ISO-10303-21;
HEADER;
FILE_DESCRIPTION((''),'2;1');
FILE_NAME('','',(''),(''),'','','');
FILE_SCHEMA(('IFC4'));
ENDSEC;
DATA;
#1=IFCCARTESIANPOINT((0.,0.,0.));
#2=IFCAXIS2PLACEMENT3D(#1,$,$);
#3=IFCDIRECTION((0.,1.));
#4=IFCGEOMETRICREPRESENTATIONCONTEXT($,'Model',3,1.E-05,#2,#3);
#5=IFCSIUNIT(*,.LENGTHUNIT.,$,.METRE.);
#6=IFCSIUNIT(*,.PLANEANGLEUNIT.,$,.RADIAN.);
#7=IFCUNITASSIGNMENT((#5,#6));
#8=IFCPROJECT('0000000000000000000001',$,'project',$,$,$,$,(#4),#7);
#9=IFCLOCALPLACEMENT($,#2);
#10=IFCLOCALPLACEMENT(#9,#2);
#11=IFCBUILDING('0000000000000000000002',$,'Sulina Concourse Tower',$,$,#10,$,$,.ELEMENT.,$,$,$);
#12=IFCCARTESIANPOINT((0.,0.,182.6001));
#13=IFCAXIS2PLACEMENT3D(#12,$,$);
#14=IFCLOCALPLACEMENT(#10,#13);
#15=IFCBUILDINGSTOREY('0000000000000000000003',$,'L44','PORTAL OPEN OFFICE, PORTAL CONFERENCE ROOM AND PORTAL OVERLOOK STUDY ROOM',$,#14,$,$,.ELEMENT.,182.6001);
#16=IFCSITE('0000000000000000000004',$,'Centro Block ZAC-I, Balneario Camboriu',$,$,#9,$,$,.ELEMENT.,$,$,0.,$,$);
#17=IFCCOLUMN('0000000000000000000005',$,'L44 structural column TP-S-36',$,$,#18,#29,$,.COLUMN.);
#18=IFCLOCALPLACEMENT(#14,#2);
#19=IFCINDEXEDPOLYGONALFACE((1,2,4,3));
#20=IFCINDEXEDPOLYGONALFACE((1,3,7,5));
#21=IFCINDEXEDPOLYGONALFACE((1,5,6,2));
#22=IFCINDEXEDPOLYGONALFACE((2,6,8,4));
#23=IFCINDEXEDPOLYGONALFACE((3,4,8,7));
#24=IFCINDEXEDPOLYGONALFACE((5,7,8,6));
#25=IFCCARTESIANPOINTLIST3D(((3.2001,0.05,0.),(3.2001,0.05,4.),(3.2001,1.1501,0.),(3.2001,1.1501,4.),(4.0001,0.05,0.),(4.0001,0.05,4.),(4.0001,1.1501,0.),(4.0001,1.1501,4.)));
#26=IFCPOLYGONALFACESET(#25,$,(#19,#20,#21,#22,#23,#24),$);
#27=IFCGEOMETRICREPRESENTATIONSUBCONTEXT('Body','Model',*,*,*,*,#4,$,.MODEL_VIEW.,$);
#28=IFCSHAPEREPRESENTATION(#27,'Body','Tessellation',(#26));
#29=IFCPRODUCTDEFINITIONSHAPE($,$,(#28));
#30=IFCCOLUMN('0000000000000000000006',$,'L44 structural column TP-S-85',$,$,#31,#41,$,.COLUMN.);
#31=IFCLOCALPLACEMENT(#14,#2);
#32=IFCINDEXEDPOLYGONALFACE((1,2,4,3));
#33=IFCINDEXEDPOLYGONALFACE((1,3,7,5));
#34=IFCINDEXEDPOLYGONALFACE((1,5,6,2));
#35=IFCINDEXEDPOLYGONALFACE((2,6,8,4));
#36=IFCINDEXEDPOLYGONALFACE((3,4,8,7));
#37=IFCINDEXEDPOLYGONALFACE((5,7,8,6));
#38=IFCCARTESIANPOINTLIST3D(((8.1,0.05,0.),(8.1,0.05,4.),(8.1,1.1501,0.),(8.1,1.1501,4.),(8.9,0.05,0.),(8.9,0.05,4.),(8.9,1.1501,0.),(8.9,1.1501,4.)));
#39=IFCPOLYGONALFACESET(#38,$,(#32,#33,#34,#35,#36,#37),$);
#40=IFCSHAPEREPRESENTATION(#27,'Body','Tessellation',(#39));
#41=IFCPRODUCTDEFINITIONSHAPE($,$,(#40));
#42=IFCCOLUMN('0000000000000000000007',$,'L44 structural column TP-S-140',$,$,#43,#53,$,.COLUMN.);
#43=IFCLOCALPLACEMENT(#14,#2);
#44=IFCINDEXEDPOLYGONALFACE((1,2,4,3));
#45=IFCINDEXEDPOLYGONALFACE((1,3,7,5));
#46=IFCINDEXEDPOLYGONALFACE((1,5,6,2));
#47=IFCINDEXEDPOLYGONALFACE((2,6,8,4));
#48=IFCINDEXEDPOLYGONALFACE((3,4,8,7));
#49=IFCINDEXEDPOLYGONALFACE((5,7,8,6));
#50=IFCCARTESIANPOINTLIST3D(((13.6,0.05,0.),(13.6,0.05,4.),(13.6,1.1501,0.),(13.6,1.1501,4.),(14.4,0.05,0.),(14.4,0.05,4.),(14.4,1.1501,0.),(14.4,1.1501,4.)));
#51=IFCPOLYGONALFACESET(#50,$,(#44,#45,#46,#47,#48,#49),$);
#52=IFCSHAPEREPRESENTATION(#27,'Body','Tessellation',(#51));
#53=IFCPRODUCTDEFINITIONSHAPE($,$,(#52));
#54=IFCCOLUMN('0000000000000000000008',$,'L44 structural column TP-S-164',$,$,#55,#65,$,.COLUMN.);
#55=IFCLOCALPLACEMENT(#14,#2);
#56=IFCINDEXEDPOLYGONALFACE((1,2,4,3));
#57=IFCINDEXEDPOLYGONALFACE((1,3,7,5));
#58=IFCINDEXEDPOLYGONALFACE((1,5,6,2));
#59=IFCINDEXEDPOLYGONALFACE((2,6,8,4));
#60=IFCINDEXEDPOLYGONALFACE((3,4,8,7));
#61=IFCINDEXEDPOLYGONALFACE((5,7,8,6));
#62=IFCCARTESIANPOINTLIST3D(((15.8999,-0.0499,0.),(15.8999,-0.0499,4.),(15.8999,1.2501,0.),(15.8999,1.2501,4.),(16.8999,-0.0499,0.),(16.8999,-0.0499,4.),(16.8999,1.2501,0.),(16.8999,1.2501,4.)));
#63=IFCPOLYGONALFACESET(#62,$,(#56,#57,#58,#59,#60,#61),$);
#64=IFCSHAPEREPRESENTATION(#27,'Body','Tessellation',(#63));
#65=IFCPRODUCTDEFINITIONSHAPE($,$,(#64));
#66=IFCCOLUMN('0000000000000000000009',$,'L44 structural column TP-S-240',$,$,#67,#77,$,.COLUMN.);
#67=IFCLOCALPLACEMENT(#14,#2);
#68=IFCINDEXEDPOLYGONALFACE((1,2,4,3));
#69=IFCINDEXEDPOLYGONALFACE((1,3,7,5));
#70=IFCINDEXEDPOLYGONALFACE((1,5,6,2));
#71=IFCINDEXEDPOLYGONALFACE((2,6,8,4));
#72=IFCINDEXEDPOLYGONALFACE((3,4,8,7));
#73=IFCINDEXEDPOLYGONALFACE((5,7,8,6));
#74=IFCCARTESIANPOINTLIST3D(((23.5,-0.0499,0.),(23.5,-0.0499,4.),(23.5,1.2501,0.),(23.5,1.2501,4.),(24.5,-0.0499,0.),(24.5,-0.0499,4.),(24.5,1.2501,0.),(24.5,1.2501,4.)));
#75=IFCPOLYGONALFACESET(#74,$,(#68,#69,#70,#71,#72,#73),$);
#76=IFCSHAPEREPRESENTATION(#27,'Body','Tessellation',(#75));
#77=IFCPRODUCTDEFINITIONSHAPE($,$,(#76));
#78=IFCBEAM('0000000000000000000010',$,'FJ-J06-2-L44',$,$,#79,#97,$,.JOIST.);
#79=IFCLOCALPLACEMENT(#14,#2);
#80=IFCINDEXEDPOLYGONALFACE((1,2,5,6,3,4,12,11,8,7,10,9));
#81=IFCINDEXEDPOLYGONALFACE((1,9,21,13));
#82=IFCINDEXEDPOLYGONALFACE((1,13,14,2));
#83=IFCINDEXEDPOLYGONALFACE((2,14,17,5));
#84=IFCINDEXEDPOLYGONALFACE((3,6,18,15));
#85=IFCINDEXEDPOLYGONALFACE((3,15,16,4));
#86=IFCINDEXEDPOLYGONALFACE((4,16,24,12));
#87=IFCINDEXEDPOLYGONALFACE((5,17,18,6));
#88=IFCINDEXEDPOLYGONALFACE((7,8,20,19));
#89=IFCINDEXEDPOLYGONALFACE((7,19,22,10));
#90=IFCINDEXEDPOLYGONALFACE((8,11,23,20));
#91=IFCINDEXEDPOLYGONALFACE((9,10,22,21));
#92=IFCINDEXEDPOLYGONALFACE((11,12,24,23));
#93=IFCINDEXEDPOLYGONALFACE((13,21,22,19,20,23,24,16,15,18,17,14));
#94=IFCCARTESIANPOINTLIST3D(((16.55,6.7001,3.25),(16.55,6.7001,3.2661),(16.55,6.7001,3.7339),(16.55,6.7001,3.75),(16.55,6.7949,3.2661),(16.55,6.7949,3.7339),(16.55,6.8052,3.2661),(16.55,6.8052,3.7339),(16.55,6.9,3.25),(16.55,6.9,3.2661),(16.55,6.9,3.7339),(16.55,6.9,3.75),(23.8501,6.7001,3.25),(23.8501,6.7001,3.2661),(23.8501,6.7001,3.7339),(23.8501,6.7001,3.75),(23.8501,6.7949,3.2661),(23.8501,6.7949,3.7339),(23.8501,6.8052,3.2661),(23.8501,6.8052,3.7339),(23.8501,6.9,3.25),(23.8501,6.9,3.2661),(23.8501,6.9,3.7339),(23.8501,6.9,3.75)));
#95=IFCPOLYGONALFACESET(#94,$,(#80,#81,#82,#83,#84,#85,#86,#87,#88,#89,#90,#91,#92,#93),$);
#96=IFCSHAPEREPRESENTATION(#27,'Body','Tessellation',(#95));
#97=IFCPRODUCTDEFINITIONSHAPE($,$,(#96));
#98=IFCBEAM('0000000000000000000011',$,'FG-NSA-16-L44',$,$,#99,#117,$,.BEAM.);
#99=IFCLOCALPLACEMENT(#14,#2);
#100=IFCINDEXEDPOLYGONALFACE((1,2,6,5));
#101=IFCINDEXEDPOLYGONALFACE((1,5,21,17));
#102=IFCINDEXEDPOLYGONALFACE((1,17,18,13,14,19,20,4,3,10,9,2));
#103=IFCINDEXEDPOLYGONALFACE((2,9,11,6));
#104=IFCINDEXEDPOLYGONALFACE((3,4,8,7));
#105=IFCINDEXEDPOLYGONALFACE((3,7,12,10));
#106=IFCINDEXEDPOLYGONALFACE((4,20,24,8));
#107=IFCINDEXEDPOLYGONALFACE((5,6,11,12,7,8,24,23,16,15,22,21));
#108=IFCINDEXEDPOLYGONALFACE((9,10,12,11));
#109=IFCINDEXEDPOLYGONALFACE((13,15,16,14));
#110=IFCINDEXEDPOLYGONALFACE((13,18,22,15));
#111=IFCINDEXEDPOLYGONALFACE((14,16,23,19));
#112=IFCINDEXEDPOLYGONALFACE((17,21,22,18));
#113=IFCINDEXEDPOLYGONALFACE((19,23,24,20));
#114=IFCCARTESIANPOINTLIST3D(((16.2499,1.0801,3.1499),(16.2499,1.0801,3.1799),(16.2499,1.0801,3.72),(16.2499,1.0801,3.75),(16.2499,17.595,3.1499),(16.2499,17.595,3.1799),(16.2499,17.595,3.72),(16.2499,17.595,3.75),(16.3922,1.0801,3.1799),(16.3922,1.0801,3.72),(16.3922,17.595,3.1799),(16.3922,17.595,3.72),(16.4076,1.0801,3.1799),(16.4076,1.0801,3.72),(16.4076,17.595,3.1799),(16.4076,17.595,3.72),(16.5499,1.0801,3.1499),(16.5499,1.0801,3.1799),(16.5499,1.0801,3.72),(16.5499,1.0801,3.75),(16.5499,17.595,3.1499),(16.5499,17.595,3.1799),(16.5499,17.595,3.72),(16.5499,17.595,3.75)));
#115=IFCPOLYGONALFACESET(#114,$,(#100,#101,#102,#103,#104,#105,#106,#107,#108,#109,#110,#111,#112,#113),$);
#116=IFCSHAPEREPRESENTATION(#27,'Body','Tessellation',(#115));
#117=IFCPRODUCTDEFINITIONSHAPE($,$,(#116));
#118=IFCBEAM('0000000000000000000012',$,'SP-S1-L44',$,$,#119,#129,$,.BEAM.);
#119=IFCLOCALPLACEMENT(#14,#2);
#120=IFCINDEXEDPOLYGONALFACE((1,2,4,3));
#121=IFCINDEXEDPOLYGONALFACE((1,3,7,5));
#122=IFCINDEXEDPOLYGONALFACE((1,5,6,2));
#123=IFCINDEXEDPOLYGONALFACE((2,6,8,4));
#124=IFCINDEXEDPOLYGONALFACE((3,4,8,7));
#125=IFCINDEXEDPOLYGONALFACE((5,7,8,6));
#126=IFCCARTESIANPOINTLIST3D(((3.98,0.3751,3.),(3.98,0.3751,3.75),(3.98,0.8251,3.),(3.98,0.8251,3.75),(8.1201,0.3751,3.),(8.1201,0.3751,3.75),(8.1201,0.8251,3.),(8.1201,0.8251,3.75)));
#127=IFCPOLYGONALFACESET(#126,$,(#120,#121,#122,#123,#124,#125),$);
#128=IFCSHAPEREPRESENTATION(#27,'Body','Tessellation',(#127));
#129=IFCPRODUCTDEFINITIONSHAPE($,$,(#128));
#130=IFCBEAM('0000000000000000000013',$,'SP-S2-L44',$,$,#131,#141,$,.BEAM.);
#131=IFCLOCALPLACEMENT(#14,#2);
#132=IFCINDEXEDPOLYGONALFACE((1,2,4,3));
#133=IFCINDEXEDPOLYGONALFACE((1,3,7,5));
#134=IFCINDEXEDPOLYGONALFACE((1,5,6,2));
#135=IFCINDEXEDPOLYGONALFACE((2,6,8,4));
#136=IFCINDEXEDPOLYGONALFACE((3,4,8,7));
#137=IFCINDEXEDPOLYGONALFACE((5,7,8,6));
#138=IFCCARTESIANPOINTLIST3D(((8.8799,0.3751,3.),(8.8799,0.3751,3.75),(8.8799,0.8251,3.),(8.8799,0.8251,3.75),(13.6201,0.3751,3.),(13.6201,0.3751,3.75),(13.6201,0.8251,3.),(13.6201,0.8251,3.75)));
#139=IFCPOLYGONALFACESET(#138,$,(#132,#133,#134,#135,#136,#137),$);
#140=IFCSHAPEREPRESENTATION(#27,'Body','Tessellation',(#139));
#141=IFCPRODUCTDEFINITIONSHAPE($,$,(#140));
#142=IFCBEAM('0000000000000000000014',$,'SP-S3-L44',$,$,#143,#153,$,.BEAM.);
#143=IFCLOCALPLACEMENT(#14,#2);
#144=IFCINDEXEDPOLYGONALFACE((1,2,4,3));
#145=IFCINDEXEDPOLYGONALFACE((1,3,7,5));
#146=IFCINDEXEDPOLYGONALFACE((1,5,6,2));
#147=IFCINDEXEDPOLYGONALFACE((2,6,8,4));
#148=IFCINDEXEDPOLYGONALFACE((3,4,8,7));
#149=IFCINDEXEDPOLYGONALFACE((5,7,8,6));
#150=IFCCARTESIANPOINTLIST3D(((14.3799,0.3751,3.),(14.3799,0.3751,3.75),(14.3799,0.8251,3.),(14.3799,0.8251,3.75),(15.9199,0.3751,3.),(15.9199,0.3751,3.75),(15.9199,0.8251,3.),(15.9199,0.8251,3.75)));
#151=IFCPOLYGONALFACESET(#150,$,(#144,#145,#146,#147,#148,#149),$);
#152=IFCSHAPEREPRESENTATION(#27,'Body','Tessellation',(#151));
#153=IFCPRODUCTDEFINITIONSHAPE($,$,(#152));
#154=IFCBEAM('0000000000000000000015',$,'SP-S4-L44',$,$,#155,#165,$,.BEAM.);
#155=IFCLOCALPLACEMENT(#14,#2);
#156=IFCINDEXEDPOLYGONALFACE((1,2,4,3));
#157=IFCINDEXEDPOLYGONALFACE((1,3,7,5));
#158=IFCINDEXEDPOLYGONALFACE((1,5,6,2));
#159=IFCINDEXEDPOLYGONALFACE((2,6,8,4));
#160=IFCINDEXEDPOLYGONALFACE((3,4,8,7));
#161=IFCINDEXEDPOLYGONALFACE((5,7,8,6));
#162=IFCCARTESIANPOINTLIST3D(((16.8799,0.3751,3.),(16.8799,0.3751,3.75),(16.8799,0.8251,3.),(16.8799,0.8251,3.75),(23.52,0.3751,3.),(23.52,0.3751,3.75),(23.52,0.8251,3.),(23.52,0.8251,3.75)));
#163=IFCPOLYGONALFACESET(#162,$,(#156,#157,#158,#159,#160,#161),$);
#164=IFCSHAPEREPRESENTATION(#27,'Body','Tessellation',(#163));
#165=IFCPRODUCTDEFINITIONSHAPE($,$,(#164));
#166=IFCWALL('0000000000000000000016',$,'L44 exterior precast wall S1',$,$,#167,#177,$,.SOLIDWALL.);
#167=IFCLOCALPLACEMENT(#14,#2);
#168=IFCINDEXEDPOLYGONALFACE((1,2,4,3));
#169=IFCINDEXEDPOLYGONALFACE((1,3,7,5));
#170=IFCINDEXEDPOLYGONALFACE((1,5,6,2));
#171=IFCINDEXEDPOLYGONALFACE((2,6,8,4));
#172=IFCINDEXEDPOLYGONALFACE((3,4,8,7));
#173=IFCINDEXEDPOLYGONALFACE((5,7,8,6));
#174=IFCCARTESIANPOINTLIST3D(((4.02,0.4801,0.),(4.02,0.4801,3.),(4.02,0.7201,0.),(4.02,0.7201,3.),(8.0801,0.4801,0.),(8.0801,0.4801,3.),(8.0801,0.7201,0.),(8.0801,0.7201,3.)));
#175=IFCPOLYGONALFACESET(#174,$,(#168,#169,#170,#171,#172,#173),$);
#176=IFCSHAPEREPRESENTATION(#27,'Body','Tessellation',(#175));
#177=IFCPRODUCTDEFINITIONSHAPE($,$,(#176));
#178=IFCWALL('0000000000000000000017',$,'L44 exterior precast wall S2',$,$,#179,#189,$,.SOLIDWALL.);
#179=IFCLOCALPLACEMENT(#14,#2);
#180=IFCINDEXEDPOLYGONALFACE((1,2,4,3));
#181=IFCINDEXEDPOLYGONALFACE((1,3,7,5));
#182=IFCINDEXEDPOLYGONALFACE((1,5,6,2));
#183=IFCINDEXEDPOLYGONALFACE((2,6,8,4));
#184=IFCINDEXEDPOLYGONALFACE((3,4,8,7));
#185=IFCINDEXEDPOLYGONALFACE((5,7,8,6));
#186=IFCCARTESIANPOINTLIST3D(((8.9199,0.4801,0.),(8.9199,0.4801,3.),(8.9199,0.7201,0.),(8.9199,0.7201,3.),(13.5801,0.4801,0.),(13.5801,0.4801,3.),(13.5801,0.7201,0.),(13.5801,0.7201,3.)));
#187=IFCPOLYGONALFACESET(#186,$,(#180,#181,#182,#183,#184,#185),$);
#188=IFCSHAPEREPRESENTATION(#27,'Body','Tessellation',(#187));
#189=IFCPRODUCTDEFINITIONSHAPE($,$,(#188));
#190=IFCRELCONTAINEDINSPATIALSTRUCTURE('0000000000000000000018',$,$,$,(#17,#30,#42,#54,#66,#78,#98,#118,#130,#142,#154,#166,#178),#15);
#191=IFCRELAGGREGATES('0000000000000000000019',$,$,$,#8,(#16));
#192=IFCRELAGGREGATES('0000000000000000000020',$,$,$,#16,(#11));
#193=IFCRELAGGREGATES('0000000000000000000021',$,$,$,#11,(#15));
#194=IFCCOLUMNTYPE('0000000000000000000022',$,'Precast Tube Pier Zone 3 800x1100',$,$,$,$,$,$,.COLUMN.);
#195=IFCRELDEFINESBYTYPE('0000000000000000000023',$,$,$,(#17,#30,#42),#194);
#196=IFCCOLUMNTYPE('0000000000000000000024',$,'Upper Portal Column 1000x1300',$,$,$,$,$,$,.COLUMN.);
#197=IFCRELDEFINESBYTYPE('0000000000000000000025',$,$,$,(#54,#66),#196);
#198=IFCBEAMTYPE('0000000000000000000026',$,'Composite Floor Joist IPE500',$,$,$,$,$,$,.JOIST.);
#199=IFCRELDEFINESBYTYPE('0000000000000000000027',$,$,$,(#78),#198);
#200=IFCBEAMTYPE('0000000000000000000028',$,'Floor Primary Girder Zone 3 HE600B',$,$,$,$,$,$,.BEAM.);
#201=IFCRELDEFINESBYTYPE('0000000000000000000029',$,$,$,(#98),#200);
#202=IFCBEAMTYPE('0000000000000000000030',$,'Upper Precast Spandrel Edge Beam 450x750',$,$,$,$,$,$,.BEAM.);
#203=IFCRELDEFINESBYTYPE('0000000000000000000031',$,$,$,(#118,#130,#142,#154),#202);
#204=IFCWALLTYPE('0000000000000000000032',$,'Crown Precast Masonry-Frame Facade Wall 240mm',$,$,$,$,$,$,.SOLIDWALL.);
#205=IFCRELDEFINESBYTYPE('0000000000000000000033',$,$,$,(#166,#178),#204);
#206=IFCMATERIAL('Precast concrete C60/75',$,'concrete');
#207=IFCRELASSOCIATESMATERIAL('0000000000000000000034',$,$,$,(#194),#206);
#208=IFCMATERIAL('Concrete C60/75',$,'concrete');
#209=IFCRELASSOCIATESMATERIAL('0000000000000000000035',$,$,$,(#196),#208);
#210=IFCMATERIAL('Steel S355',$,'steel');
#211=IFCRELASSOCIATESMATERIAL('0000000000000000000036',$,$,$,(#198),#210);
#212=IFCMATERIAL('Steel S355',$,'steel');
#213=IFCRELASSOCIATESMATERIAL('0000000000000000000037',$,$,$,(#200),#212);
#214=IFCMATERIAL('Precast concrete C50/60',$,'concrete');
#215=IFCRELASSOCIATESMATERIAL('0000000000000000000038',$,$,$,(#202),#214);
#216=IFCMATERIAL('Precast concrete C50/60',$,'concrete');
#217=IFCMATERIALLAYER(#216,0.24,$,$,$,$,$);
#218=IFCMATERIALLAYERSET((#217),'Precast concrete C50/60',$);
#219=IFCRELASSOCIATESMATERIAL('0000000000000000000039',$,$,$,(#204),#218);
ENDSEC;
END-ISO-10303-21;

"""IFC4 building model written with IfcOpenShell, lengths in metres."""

from ifc_helpers import new_model, si_unit, direction, frame, frame_2d, origin, origin_2d, place, context, subcontext, project, spatial, rectangle, i_section, extrude, material, layer, layer_set, material_profile, profile_set, type_object, element, save


model = new_model("IFC4")

# Units and contexts
model_context = context("Model", 3, precision=1e-05, world=origin(), true_north=direction((0.0, 1.0)))
body_context = subcontext(model_context, "Body", "Model", "MODEL_VIEW")
ifc_project = project(units=[si_unit("LENGTHUNIT", "METRE"), si_unit("PLANEANGLEUNIT", "RADIAN")], contexts=[model_context])

# Site, building, storey
site_placement = place(None, origin())
site = spatial("IfcSite", under=ifc_project, at=site_placement, Name="Centro Block ZAC-I, Balneario Camboriu", CompositionType="ELEMENT", RefElevation=0.0)
building_placement = place(site_placement, origin())
building = spatial("IfcBuilding", under=site, at=building_placement, Name="Sulina Concourse Tower", CompositionType="ELEMENT")
storey_placement = place(building_placement, frame((0.0, 0.0, 182.6001)))
storey = spatial("IfcBuildingStorey", under=building, at=storey_placement, Name="L44", Description="PORTAL OPEN OFFICE, PORTAL CONFERENCE ROOM AND PORTAL OVERLOOK STUDY ROOM", CompositionType="ELEMENT", Elevation=182.6001)

# Columns
ifc_material_1 = material(Name="Precast concrete C60/75", Category="concrete")
ifc_material_profile_1 = material_profile(ifc_material_1, rectangle(XDim=0.8, YDim=1.1001, at=origin_2d()), Name="PC 800x1100")
ifc_profile_set_1 = profile_set([ifc_material_profile_1], Name="Precast concrete C60/75")
column_type_1 = type_object("IfcColumnType", Name="Precast Tube Pier Zone 3 800x1100", PredefinedType="COLUMN", material=ifc_profile_set_1)
for number, where, z_axis, x_axis, name in (
    (1, (3.6001, 0.6001, 0.0), (0.0, 0.0, 1.0), (1.0, 0.0, 0.0), "L44 structural column TP-S-36"),
    (2, (8.5, 0.6001, 0.0), (0.0, 0.0, 1.0), (1.0, 0.0, 0.0), "L44 structural column TP-S-85"),
    (3, (14.0, 0.6001, 0.0), (0.0, 0.0, 1.0), (1.0, 0.0, 0.0), "L44 structural column TP-S-140"),
):
    element("IfcColumn", number, at=place(storey_placement, frame(where, z_axis=z_axis, x_axis=x_axis)), inside=storey, type_object=column_type_1, Name=name, PredefinedType="COLUMN", context=body_context, shape_type="SweptSolid", body=[
        extrude(rectangle(XDim=0.8, YDim=1.1001, at=origin_2d()), origin(), (0.0, 0.0, 1.0), 4.0),
    ])
ifc_material_2 = material(Name="Concrete C60/75", Category="concrete")
ifc_material_profile_2 = material_profile(ifc_material_2, rectangle(XDim=1.0, YDim=1.3, at=origin_2d()), Name="RC 1000x1300")
ifc_profile_set_2 = profile_set([ifc_material_profile_2], Name="Concrete C60/75")
column_type_2 = type_object("IfcColumnType", Name="Upper Portal Column 1000x1300", PredefinedType="COLUMN", material=ifc_profile_set_2)
for number, where, z_axis, x_axis, name in (
    (4, (16.3999, 0.6001, 0.0), (0.0, 0.0, 1.0), (1.0, 0.0, 0.0), "L44 structural column TP-S-164"),
    (5, (24.0, 0.6001, 0.0), (0.0, 0.0, 1.0), (1.0, 0.0, 0.0), "L44 structural column TP-S-240"),
):
    element("IfcColumn", number, at=place(storey_placement, frame(where, z_axis=z_axis, x_axis=x_axis)), inside=storey, type_object=column_type_2, Name=name, PredefinedType="COLUMN", context=body_context, shape_type="SweptSolid", body=[
        extrude(rectangle(XDim=1.0, YDim=1.3, at=origin_2d()), origin(), (0.0, 0.0, 1.0), 4.0),
    ])

# Beams
ifc_material_3 = material(Name="Steel S355", Category="steel")
ifc_material_profile_3 = material_profile(ifc_material_3, i_section(OverallWidth=0.2, OverallDepth=0.5, WebThickness=0.0103, FlangeThickness=0.0161, at=origin_2d()), Name="IPE 500")
ifc_profile_set_3 = profile_set([ifc_material_profile_3], Name="Steel S355")
beam_type_1 = type_object("IfcBeamType", Name="Composite Floor Joist IPE500", PredefinedType="JOIST", material=ifc_profile_set_3)
beam_1_placement = place(storey_placement, frame((16.55, 6.8, 3.5), z_axis=(1.0, 0.0, 0.0), x_axis=(0.0, 1.0, 0.0)))
element("IfcBeam", 6, at=beam_1_placement, inside=storey, type_object=beam_type_1, Name="FJ-J06-2-L44", PredefinedType="JOIST", context=body_context, shape_type="SweptSolid", body=[
    extrude(i_section(OverallWidth=0.2, OverallDepth=0.5, WebThickness=0.0103, FlangeThickness=0.0161, at=origin_2d()), origin(), (0.0, 0.0, 1.0), 7.3),
])
ifc_material_4 = material(Name="Steel S355", Category="steel")
ifc_material_profile_4 = material_profile(ifc_material_4, i_section(OverallWidth=0.3, OverallDepth=0.6001, WebThickness=0.0154, FlangeThickness=0.03, at=origin_2d()), Name="HE 600 B")
ifc_profile_set_4 = profile_set([ifc_material_profile_4], Name="Steel S355")
beam_type_2 = type_object("IfcBeamType", Name="Floor Primary Girder Zone 3 HE600B", PredefinedType="BEAM", material=ifc_profile_set_4)
beam_2_placement = place(storey_placement, frame((16.3999, 1.0801, 3.45), z_axis=(0.0, 1.0, 0.0), x_axis=(-1.0, 0.0, 0.0)))
element("IfcBeam", 7, at=beam_2_placement, inside=storey, type_object=beam_type_2, Name="FG-NSA-16-L44", PredefinedType="BEAM", context=body_context, shape_type="SweptSolid", body=[
    extrude(i_section(OverallWidth=0.3, OverallDepth=0.6001, WebThickness=0.0154, FlangeThickness=0.03, at=origin_2d()), origin(), (0.0, 0.0, 1.0), 16.5149),
])
ifc_material_5 = material(Name="Precast concrete C50/60", Category="concrete")
ifc_material_profile_5 = material_profile(ifc_material_5, rectangle(XDim=0.45, YDim=0.75, at=origin_2d()), Name="RC 450x750")
ifc_profile_set_5 = profile_set([ifc_material_profile_5], Name="Precast concrete C50/60")
beam_type_3 = type_object("IfcBeamType", Name="Upper Precast Spandrel Edge Beam 450x750", PredefinedType="BEAM", material=ifc_profile_set_5)
beam_3_placement = place(storey_placement, frame((3.98, 0.6001, 3.375), z_axis=(1.0, 0.0, 0.0), x_axis=(0.0, 1.0, 0.0)))
element("IfcBeam", 8, at=beam_3_placement, inside=storey, type_object=beam_type_3, Name="SP-S1-L44", PredefinedType="BEAM", context=body_context, shape_type="SweptSolid", body=[
    extrude(rectangle(XDim=0.45, YDim=0.75, at=origin_2d()), origin(), (0.0, 0.0, 1.0), 4.1401),
])
beam_4_placement = place(storey_placement, frame((8.8799, 0.6001, 3.375), z_axis=(1.0, 0.0, 0.0), x_axis=(0.0, 1.0, 0.0)))
element("IfcBeam", 9, at=beam_4_placement, inside=storey, type_object=beam_type_3, Name="SP-S2-L44", PredefinedType="BEAM", context=body_context, shape_type="SweptSolid", body=[
    extrude(rectangle(XDim=0.45, YDim=0.75, at=origin_2d()), origin(), (0.0, 0.0, 1.0), 4.7402),
])
beam_5_placement = place(storey_placement, frame((14.3799, 0.6001, 3.375), z_axis=(1.0, 0.0, 0.0), x_axis=(0.0, 1.0, 0.0)))
element("IfcBeam", 10, at=beam_5_placement, inside=storey, type_object=beam_type_3, Name="SP-S3-L44", PredefinedType="BEAM", context=body_context, shape_type="SweptSolid", body=[
    extrude(rectangle(XDim=0.45, YDim=0.75, at=origin_2d()), origin(), (0.0, 0.0, 1.0), 1.54),
])
beam_6_placement = place(storey_placement, frame((16.8799, 0.6001, 3.375), z_axis=(1.0, 0.0, 0.0), x_axis=(0.0, 1.0, 0.0)))
element("IfcBeam", 11, at=beam_6_placement, inside=storey, type_object=beam_type_3, Name="SP-S4-L44", PredefinedType="BEAM", context=body_context, shape_type="SweptSolid", body=[
    extrude(rectangle(XDim=0.45, YDim=0.75, at=origin_2d()), origin(), (0.0, 0.0, 1.0), 6.6401),
])

# Walls
ifc_material_6 = material(Name="Precast concrete C50/60", Category="concrete")
ifc_layer_1 = layer(ifc_material_6, 0.24)
ifc_layer_set_1 = layer_set([ifc_layer_1], Name="Precast concrete C50/60")
wall_type_1 = type_object("IfcWallType", Name="Crown Precast Masonry-Frame Facade Wall 240mm", PredefinedType="SOLIDWALL", material=ifc_layer_set_1)
wall_1_placement = place(storey_placement, frame((8.0801, 0.6001, 0.0), z_axis=(0.0, 0.0, 1.0), x_axis=(-1.0, 0.0, 0.0)))
element("IfcWall", 12, at=wall_1_placement, inside=storey, type_object=wall_type_1, Name="L44 exterior precast wall S1", PredefinedType="SOLIDWALL", context=body_context, shape_type="SweptSolid", body=[
    extrude(rectangle(XDim=4.0601, YDim=0.24, at=frame_2d((2.03, 0.0))), origin(), (0.0, 0.0, 1.0), 3.0),
])
wall_2_placement = place(storey_placement, frame((13.5801, 0.6001, 0.0), z_axis=(0.0, 0.0, 1.0), x_axis=(-1.0, 0.0, 0.0)))
element("IfcWall", 13, at=wall_2_placement, inside=storey, type_object=wall_type_1, Name="L44 exterior precast wall S2", PredefinedType="SOLIDWALL", context=body_context, shape_type="SweptSolid", body=[
    extrude(rectangle(XDim=4.6602, YDim=0.24, at=frame_2d((2.3301, 0.0))), origin(), (0.0, 0.0, 1.0), 3.0),
])

save(model, "model.ifc")
